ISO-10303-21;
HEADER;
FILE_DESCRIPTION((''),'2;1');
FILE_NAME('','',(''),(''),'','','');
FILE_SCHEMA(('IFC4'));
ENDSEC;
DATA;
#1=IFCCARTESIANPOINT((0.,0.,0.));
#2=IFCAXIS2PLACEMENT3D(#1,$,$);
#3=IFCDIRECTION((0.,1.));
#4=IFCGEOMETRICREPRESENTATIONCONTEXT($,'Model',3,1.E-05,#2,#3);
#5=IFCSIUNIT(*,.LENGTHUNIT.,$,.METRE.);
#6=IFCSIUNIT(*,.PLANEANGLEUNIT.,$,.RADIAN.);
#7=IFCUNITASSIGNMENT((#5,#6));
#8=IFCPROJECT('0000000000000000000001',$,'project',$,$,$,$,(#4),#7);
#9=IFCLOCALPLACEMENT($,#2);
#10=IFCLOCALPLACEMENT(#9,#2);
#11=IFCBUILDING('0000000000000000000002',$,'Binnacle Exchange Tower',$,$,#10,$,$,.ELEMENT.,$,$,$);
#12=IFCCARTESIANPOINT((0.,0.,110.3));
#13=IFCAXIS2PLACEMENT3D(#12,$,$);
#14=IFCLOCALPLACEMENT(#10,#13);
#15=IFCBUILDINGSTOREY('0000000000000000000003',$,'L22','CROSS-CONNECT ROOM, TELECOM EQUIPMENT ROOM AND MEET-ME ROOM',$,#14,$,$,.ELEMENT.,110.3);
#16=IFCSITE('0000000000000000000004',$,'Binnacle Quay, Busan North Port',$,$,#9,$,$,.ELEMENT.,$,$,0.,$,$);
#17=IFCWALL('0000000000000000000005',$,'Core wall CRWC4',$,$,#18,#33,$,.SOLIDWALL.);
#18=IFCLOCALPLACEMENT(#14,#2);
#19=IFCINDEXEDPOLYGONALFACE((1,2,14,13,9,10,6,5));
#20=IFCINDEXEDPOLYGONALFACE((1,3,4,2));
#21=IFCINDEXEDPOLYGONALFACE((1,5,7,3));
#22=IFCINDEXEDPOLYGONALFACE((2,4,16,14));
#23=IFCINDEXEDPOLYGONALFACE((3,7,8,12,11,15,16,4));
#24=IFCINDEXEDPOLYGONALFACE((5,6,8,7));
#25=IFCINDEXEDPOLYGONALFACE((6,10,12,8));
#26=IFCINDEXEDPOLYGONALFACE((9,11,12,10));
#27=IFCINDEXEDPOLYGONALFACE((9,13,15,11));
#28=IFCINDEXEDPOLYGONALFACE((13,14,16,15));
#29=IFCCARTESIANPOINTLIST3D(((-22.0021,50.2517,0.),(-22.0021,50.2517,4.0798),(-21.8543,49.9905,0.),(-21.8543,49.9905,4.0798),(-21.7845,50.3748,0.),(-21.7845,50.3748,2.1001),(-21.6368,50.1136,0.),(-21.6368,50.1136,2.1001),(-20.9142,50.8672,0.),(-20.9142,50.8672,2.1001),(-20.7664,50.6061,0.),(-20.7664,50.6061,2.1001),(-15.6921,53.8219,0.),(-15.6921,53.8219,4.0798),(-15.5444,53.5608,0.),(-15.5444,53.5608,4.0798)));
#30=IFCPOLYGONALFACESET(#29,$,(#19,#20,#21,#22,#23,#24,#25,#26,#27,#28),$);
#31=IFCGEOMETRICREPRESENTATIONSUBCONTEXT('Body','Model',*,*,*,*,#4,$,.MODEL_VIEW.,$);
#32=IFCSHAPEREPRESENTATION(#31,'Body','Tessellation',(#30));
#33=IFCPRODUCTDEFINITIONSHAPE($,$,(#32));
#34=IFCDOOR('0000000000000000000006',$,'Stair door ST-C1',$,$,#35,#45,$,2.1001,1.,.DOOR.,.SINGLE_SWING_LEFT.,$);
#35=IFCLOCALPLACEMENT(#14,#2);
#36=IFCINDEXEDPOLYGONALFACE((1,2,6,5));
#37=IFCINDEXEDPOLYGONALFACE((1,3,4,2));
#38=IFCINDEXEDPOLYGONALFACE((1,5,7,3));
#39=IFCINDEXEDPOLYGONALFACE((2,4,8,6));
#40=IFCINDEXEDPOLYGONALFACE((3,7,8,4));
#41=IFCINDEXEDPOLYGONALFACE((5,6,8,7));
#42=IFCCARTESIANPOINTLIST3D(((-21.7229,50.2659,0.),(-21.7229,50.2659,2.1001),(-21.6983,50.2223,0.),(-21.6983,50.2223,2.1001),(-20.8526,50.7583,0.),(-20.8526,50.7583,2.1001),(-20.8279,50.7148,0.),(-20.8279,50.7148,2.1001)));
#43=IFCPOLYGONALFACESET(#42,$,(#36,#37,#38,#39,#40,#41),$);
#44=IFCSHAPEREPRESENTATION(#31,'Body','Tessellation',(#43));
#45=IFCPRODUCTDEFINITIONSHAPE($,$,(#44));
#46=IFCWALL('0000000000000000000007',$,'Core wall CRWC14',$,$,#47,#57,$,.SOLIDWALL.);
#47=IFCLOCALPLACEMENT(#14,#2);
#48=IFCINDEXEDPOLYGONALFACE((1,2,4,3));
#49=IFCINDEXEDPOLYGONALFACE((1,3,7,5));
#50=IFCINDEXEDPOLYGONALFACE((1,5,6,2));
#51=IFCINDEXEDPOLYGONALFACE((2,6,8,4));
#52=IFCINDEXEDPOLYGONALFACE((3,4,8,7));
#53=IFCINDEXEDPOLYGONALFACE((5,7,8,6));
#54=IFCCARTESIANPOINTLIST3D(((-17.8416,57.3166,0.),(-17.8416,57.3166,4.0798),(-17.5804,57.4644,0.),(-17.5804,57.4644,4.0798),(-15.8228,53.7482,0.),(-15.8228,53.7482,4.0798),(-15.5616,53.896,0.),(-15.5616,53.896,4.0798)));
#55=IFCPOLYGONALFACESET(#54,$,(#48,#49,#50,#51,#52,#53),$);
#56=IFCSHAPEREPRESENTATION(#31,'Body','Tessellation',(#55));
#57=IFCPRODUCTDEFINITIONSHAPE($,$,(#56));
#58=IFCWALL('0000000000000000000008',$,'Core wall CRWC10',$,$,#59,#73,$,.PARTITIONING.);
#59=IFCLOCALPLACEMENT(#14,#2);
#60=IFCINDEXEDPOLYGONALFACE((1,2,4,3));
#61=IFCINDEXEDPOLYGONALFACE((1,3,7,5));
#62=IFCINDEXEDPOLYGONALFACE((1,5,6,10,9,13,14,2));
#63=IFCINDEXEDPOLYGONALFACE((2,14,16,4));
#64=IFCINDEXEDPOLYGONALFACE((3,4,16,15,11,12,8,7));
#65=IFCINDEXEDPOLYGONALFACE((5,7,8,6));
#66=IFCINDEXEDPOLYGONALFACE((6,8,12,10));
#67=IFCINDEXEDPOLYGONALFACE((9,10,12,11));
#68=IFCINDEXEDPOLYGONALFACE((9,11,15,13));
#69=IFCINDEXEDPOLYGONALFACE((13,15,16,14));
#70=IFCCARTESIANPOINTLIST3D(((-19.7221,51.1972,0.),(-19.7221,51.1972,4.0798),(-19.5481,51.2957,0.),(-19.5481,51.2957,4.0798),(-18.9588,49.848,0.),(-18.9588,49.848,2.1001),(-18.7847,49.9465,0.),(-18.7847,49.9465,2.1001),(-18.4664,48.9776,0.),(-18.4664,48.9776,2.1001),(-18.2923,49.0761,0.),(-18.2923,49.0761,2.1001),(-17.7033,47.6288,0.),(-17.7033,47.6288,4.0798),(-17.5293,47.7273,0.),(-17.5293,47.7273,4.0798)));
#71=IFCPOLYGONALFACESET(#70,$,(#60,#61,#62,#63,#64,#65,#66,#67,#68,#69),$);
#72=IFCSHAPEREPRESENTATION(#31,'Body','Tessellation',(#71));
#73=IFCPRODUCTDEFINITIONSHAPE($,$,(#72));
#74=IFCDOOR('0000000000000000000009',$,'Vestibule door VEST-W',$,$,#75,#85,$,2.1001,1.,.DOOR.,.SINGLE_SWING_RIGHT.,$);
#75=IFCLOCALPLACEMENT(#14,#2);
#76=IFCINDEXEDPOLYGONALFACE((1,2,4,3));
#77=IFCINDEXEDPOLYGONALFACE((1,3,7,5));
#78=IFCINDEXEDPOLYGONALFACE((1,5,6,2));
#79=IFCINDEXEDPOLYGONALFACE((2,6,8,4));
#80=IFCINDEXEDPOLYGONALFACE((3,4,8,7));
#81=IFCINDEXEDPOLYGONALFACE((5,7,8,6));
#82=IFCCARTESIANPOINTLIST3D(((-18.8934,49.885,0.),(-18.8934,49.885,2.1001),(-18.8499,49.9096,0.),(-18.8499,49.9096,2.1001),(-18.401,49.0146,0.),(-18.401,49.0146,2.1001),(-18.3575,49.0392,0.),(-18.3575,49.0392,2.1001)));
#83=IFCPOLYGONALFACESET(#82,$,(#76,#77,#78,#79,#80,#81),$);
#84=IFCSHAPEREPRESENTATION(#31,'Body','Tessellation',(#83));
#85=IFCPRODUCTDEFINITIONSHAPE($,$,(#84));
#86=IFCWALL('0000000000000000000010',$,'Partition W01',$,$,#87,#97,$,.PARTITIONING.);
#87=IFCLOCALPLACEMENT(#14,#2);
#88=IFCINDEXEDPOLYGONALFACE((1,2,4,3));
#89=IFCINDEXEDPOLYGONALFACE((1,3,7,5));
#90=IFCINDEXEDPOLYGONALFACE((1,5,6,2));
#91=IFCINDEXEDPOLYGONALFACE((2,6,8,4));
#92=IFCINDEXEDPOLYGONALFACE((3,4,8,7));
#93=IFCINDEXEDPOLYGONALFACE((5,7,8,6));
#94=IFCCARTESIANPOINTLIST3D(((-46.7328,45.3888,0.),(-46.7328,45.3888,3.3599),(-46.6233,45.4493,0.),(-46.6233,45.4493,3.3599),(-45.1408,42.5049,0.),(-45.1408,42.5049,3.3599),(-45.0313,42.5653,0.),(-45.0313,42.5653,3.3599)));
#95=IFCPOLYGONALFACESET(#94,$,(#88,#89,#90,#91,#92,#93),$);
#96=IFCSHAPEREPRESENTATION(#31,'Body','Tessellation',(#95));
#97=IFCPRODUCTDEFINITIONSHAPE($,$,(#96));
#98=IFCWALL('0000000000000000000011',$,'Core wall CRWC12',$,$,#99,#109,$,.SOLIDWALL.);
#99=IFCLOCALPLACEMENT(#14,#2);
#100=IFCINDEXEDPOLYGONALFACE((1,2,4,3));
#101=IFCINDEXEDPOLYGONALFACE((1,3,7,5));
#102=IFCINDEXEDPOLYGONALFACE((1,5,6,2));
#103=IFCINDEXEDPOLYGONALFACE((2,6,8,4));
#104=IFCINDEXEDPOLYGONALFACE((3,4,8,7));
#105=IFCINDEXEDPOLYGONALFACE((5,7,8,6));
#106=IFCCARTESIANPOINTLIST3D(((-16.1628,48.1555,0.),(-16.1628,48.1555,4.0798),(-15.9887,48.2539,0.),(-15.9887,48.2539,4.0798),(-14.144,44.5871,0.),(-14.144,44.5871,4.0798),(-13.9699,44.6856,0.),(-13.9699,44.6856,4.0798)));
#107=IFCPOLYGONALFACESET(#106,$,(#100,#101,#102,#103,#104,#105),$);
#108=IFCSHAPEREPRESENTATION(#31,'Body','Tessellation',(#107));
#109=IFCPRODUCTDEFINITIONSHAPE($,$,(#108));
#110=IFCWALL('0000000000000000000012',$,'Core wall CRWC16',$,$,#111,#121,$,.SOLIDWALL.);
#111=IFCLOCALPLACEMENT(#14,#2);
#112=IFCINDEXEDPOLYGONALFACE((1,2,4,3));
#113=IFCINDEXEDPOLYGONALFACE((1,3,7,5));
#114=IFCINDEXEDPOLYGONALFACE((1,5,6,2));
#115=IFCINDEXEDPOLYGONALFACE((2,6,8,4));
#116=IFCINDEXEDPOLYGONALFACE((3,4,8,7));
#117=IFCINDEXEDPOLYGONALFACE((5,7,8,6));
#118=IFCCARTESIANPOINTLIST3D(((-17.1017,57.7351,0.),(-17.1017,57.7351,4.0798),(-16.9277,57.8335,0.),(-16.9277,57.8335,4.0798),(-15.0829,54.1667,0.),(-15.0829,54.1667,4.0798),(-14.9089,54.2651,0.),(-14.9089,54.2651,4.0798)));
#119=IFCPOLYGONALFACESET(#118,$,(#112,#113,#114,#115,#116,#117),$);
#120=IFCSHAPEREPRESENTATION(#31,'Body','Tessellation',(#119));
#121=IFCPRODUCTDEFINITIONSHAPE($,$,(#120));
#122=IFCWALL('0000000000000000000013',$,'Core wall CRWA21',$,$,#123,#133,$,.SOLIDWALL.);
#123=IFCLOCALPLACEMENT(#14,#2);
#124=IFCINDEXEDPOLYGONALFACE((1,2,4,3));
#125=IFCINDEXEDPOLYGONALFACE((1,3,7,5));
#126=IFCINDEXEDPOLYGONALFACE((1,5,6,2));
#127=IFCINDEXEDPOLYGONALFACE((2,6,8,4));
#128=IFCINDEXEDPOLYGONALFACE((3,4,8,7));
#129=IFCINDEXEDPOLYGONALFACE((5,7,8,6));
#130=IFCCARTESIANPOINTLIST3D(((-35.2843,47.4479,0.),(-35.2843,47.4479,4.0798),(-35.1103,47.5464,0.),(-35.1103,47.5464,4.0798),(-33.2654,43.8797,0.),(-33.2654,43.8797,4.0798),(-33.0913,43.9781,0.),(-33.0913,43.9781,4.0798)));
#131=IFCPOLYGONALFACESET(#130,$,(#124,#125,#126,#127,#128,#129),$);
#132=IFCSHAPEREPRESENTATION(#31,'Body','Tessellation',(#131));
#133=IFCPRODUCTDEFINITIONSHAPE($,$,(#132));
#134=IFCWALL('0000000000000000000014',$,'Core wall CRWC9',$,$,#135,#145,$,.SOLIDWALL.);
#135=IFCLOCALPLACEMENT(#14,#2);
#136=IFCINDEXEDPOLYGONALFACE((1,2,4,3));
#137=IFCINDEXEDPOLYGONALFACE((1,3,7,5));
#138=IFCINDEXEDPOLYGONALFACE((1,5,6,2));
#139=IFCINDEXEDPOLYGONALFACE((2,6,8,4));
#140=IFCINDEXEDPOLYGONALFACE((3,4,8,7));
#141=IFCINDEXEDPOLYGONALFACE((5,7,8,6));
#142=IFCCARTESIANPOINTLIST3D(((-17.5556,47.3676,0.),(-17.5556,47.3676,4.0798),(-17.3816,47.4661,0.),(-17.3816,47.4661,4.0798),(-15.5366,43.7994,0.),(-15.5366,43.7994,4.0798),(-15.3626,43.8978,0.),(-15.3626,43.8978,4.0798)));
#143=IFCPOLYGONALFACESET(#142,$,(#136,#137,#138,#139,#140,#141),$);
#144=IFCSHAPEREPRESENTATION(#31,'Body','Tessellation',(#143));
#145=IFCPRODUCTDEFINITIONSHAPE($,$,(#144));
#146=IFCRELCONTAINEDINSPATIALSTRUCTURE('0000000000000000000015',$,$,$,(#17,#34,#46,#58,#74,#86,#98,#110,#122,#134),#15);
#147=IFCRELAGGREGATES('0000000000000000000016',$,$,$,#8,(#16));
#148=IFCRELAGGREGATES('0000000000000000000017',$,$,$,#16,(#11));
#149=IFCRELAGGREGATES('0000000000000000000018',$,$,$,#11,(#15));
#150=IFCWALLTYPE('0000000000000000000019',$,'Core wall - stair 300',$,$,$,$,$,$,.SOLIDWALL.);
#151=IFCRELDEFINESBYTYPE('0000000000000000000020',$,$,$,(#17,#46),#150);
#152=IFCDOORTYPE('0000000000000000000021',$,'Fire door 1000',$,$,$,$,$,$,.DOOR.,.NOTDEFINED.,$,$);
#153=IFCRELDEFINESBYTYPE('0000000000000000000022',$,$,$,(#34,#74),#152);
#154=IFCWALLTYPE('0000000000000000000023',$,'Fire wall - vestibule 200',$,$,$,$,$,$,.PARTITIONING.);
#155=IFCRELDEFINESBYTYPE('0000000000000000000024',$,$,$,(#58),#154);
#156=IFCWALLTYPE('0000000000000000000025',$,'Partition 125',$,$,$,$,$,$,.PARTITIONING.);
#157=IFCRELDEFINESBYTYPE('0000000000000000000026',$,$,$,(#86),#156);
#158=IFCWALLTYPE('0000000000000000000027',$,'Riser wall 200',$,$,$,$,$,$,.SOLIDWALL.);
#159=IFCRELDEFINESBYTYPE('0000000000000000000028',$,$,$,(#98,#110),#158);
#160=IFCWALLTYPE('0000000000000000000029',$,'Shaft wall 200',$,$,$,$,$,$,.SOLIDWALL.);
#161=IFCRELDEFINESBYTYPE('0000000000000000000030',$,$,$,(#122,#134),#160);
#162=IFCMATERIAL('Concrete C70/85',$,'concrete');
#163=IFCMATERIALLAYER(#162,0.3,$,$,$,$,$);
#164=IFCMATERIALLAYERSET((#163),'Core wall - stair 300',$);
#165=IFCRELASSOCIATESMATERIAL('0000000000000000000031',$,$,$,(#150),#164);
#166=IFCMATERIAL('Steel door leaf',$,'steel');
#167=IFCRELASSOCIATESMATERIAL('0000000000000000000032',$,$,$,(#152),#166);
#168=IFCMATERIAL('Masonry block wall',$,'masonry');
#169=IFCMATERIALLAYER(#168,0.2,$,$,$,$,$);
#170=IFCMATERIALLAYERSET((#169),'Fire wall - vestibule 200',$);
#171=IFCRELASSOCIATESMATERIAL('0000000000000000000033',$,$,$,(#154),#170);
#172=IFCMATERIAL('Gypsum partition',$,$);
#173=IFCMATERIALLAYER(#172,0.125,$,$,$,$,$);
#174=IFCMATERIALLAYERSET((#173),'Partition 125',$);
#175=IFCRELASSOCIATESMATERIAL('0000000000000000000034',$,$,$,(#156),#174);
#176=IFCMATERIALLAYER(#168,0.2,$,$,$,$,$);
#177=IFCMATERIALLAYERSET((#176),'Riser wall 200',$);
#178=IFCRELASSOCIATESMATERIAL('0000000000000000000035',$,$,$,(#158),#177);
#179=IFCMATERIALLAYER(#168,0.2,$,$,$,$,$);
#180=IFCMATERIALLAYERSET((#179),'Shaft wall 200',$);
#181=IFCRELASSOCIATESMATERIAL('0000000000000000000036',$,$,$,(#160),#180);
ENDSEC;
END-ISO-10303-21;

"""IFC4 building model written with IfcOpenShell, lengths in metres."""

from ifc_helpers import new_model, si_unit, direction, frame, frame_2d, origin, place, context, subcontext, project, spatial, rectangle, extrude, material, layer, layer_set, type_object, element, fill, save


model = new_model("IFC4")

# Units and contexts
model_context = context("Model", 3, precision=1e-05, world=origin(), true_north=direction((0.0, 1.0)))
body_context = subcontext(model_context, "Body", "Model", "MODEL_VIEW")
ifc_project = project(units=[si_unit("LENGTHUNIT", "METRE"), si_unit("PLANEANGLEUNIT", "RADIAN")], contexts=[model_context])

# Site, building, storey
site_placement = place(None, origin())
site = spatial("IfcSite", under=ifc_project, at=site_placement, Name="Binnacle Quay, Busan North Port", CompositionType="ELEMENT", RefElevation=0.0)
building_placement = place(site_placement, origin())
building = spatial("IfcBuilding", under=site, at=building_placement, Name="Binnacle Exchange Tower", CompositionType="ELEMENT")
storey_placement = place(building_placement, frame((0.0, 0.0, 110.3)))
storey = spatial("IfcBuildingStorey", under=building, at=storey_placement, Name="L22", Description="CROSS-CONNECT ROOM, TELECOM EQUIPMENT ROOM AND MEET-ME ROOM", CompositionType="ELEMENT", Elevation=110.3)

# Shared definitions
ifc_material_1 = material(Name="Concrete C70/85", Category="concrete")

# Shared definitions
ifc_material_2 = material(Name="Steel door leaf", Category="steel")

# Shared definitions
ifc_layer_1 = layer(ifc_material_1, 0.3)
ifc_layer_set_1 = layer_set([ifc_layer_1], Name="Core wall - stair 300")
wall_type_1 = type_object("IfcWallType", Name="Core wall - stair 300", PredefinedType="SOLIDWALL", material=ifc_layer_set_1)

# Wall, opening, door
wall_1_placement = place(storey_placement, frame((-21.9282, 50.1211, 0.0), z_axis=(0.0, 0.0, 1.0), x_axis=(0.870341, 0.49245, 0.0)))
wall_1 = element("IfcWall", 1, at=wall_1_placement, inside=storey, type_object=wall_type_1, Name="Core wall CRWC4", PredefinedType="SOLIDWALL", context=body_context, shape_type="SweptSolid", body=[
    extrude(rectangle(XDim=7.25, YDim=0.3, at=frame_2d((3.625, 0.0))), origin(), (0.0, 0.0, 1.0), 4.0798),
])
opening_1_placement = place(wall_1_placement, frame((0.25, 0.0, 0.0)))
opening_1 = element("IfcOpeningElement", 2, at=opening_1_placement, cuts=wall_1, PredefinedType="OPENING", context=body_context, shape_type="SweptSolid", body=[
    extrude(rectangle(XDim=1.0, YDim=2.1001, at=frame_2d((0.5, 1.05))), frame((0.0, 0.1599, 0.0), z_axis=(0.0, -1.0, 0.0), x_axis=(1.0, 0.0, 0.0)), (0.0, 0.0, 1.0), 0.3201),
])
door_type_1 = type_object("IfcDoorType", Name="Fire door 1000", OperationType="NOTDEFINED", PredefinedType="DOOR", material=ifc_material_2)
door_1_placement = place(opening_1_placement, origin())
door_1 = element("IfcDoor", 3, at=door_1_placement, inside=storey, type_object=door_type_1, Name="Stair door ST-C1", OperationType="SINGLE_SWING_LEFT", OverallHeight=2.1001, OverallWidth=1.0, PredefinedType="DOOR", context=body_context, shape_type="SweptSolid", body=[
    extrude(rectangle(XDim=1.0, YDim=2.1001, at=frame_2d((0.5, 1.05))), frame((0.0, 0.0249, 0.0), z_axis=(0.0, -1.0, 0.0), x_axis=(1.0, 0.0, 0.0)), (0.0, 0.0, 1.0), 0.05),
])
fill(opening_1, door_1)

# Wall
wall_2_placement = place(storey_placement, frame((-17.7109, 57.3904, 0.0), z_axis=(0.0, 0.0, 1.0), x_axis=(0.492408, -0.870364, 0.0)))
element("IfcWall", 4, at=wall_2_placement, inside=storey, type_object=wall_type_1, Name="Core wall CRWC14", PredefinedType="SOLIDWALL", context=body_context, shape_type="SweptSolid", body=[
    extrude(rectangle(XDim=4.0999, YDim=0.3, at=frame_2d((2.0498, 0.0))), origin(), (0.0, 0.0, 1.0), 4.0798),
])

# Wall, opening, door
ifc_material_3 = material(Name="Masonry block wall", Category="masonry")
ifc_layer_2 = layer(ifc_material_3, 0.2)
ifc_layer_set_2 = layer_set([ifc_layer_2], Name="Fire wall - vestibule 200")
wall_type_2 = type_object("IfcWallType", Name="Fire wall - vestibule 200", PredefinedType="PARTITIONING", material=ifc_layer_set_2)
wall_3_placement = place(storey_placement, frame((-19.635, 51.2463, 0.0), z_axis=(0.0, 0.0, 1.0), x_axis=(0.492408, -0.870364, 0.0)))
wall_3 = element("IfcWall", 5, at=wall_3_placement, inside=storey, type_object=wall_type_2, Name="Core wall CRWC10", PredefinedType="PARTITIONING", context=body_context, shape_type="SweptSolid", body=[
    extrude(rectangle(XDim=4.0999, YDim=0.2, at=frame_2d((2.0498, 0.0))), origin(), (0.0, 0.0, 1.0), 4.0798),
])
opening_2_placement = place(wall_3_placement, frame((1.55, 0.0, 0.0)))
opening_2 = element("IfcOpeningElement", 6, at=opening_2_placement, cuts=wall_3, PredefinedType="OPENING", context=body_context, shape_type="SweptSolid", body=[
    extrude(rectangle(XDim=1.0, YDim=2.1001, at=frame_2d((0.5, 1.05))), frame((0.0, 0.1099, 0.0), z_axis=(0.0, -1.0, 0.0), x_axis=(1.0, 0.0, 0.0)), (0.0, 0.0, 1.0), 0.22),
])
door_2_placement = place(opening_2_placement, frame((1.0, 0.0, 0.0), z_axis=(0.0, 0.0, 1.0), x_axis=(-1.0, 0.0, 0.0)))
door_2 = element("IfcDoor", 7, at=door_2_placement, inside=storey, type_object=door_type_1, Name="Vestibule door VEST-W", OperationType="SINGLE_SWING_RIGHT", OverallHeight=2.1001, OverallWidth=1.0, PredefinedType="DOOR", context=body_context, shape_type="SweptSolid", body=[
    extrude(rectangle(XDim=1.0, YDim=2.1001, at=frame_2d((0.5, 1.05))), frame((0.0, 0.0249, 0.0), z_axis=(0.0, -1.0, 0.0), x_axis=(1.0, 0.0, 0.0)), (0.0, 0.0, 1.0), 0.05),
])
fill(opening_2, door_2)

# Walls
ifc_material_4 = material(Name="Gypsum partition")
ifc_layer_3 = layer(ifc_material_4, 0.125)
ifc_layer_set_3 = layer_set([ifc_layer_3], Name="Partition 125")
wall_type_3 = type_object("IfcWallType", Name="Partition 125", PredefinedType="PARTITIONING", material=ifc_layer_set_3)
wall_4_placement = place(storey_placement, frame((-46.678, 45.4189, 0.0), z_axis=(0.0, 0.0, 1.0), x_axis=(0.483275, -0.875468, 0.0)))
element("IfcWall", 8, at=wall_4_placement, inside=storey, type_object=wall_type_3, Name="Partition W01", PredefinedType="PARTITIONING", context=body_context, shape_type="SweptSolid", body=[
    extrude(rectangle(XDim=3.2942, YDim=0.125, at=frame_2d((1.647, 0.0))), origin(), (0.0, 0.0, 1.0), 3.3599),
])
ifc_layer_4 = layer(ifc_material_3, 0.2)
ifc_layer_set_4 = layer_set([ifc_layer_4], Name="Riser wall 200")
wall_type_4 = type_object("IfcWallType", Name="Riser wall 200", PredefinedType="SOLIDWALL", material=ifc_layer_set_4)
for number, where, z_axis, x_axis, name in (
    (9, (-16.0757, 48.2046, 0.0), (0.0, 0.0, 1.0), (0.492408, -0.870364, 0.0), "Core wall CRWC12"),
    (10, (-17.0146, 57.7842, 0.0), (0.0, 0.0, 1.0), (0.492408, -0.870364, 0.0), "Core wall CRWC16"),
):
    element("IfcWall", number, at=place(storey_placement, frame(where, z_axis=z_axis, x_axis=x_axis)), inside=storey, type_object=wall_type_4, Name=name, PredefinedType="SOLIDWALL", context=body_context, shape_type="SweptSolid", body=[
        extrude(rectangle(XDim=4.0999, YDim=0.2, at=frame_2d((2.0498, 0.0))), origin(), (0.0, 0.0, 1.0), 4.0798),
    ])
ifc_layer_5 = layer(ifc_material_3, 0.2)
ifc_layer_set_5 = layer_set([ifc_layer_5], Name="Shaft wall 200")
wall_type_5 = type_object("IfcWallType", Name="Shaft wall 200", PredefinedType="SOLIDWALL", material=ifc_layer_set_5)
for number, where, z_axis, x_axis, name in (
    (11, (-35.1973, 47.4971, 0.0), (0.0, 0.0, 1.0), (0.492454, -0.870339, 0.0), "Core wall CRWA21"),
    (12, (-17.4685, 47.4167, 0.0), (0.0, 0.0, 1.0), (0.492454, -0.870339, 0.0), "Core wall CRWC9"),
):
    element("IfcWall", number, at=place(storey_placement, frame(where, z_axis=z_axis, x_axis=x_axis)), inside=storey, type_object=wall_type_5, Name=name, PredefinedType="SOLIDWALL", context=body_context, shape_type="SweptSolid", body=[
        extrude(rectangle(XDim=4.0999, YDim=0.2, at=frame_2d((2.0498, 0.0))), origin(), (0.0, 0.0, 1.0), 4.0798),
    ])

save(model, "model.ifc")
